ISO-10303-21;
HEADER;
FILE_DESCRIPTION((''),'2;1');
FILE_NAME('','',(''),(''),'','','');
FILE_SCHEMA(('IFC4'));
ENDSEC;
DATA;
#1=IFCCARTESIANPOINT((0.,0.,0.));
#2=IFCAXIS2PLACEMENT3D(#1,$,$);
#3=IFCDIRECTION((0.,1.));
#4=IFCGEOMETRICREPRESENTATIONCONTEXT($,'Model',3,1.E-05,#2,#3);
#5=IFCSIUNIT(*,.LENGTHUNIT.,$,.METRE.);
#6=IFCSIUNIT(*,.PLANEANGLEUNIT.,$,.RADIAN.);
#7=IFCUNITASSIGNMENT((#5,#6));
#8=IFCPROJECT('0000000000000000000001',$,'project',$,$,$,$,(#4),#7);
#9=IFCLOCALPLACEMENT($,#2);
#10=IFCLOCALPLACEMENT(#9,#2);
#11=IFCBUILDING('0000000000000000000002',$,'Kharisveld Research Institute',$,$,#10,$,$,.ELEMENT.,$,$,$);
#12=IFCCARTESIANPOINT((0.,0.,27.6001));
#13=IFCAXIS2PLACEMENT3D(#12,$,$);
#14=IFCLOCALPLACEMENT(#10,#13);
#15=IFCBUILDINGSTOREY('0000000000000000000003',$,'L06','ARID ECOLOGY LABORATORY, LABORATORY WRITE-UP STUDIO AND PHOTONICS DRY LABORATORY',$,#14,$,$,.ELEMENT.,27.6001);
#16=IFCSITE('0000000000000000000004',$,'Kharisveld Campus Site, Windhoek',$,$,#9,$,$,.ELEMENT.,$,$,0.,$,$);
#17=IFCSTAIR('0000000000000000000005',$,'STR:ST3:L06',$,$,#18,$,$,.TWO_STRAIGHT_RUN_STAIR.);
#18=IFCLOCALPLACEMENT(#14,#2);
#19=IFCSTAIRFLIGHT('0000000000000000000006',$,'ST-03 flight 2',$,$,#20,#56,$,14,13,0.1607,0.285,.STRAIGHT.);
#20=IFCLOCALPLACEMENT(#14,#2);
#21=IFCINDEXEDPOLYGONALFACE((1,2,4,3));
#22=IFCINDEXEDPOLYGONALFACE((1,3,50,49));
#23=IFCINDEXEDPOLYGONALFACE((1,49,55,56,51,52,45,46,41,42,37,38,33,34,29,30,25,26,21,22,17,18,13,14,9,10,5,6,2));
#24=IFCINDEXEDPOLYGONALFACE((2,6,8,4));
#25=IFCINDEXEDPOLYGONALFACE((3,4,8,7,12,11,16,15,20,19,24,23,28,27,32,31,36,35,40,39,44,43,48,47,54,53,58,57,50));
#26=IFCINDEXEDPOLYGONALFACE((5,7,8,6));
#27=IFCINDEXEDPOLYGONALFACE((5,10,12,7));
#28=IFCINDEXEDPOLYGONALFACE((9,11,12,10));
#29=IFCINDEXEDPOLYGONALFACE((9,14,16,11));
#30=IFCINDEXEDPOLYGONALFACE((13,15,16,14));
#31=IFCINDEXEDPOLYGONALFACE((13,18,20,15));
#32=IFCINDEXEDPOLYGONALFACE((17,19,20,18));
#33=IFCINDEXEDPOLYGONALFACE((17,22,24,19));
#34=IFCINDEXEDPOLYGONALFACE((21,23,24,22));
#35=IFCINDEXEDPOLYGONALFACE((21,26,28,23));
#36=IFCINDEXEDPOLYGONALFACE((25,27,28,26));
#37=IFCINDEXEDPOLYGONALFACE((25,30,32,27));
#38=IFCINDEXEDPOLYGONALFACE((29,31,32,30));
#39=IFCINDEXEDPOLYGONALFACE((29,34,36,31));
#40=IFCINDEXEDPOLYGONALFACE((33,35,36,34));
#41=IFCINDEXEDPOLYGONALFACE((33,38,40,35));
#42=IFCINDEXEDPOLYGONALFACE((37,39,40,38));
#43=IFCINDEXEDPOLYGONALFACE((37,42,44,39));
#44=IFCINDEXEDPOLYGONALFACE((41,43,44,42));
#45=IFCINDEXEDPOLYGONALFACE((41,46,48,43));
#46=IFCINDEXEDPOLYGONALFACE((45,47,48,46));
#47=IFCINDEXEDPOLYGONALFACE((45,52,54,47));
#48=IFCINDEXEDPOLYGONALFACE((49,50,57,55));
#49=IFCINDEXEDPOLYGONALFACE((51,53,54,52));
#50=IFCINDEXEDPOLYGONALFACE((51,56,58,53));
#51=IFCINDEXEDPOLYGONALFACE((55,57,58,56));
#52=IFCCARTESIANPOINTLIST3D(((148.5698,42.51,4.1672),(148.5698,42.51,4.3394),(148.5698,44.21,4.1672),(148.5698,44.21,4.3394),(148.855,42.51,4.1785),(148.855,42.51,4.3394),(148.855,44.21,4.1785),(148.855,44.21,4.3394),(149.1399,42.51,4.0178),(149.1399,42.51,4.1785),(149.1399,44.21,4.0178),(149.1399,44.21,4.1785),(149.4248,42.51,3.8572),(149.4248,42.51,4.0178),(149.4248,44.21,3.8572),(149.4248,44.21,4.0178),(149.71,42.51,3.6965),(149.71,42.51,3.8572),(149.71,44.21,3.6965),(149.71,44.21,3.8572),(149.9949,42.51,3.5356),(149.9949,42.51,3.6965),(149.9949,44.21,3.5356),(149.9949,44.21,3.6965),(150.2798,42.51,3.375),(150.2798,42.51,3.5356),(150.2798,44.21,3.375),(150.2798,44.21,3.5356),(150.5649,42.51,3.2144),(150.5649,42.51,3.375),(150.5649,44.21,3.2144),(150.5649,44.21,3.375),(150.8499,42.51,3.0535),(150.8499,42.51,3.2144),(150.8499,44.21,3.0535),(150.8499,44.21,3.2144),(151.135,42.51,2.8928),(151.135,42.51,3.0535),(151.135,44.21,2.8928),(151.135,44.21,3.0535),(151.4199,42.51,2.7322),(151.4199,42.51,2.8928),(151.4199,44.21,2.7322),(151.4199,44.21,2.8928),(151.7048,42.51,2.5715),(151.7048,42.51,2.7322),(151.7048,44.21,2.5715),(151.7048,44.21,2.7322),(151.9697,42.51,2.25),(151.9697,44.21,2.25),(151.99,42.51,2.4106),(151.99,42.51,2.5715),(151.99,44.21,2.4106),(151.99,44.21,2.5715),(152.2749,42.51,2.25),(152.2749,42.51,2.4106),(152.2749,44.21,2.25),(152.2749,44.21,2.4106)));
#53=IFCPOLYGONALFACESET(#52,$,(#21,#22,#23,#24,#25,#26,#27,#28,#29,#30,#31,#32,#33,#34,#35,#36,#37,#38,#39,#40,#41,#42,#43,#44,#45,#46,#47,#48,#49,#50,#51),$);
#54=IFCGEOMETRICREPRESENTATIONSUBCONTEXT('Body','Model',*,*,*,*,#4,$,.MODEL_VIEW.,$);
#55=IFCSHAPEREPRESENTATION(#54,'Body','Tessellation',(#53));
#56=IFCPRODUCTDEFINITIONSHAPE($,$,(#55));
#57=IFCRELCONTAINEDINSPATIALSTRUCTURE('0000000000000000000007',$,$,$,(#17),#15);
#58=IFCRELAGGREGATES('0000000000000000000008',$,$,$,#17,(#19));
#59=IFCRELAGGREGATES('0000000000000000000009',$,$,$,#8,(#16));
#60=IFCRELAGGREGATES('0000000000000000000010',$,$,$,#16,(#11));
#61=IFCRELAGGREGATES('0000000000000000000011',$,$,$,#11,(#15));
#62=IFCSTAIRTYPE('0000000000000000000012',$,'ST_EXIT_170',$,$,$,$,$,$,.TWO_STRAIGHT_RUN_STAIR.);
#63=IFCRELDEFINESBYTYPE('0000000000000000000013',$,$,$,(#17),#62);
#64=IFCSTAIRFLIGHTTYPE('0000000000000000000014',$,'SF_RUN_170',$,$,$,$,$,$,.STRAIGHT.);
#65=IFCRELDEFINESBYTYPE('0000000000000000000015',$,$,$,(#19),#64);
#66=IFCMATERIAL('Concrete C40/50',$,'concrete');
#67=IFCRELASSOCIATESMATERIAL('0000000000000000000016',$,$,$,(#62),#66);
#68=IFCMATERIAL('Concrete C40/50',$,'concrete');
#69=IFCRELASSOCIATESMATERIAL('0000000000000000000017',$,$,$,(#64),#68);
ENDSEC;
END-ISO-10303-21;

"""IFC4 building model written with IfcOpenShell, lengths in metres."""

from ifc_helpers import new_model, si_unit, direction, frame, origin, place, context, subcontext, project, spatial, polyline, outline, extrude, material, type_object, element, aggregate, save


model = new_model("IFC4")

# Units and contexts
model_context = context("Model", 3, precision=1e-05, world=origin(), true_north=direction((0.0, 1.0)))
body_context = subcontext(model_context, "Body", "Model", "MODEL_VIEW")
ifc_project = project(units=[si_unit("LENGTHUNIT", "METRE"), si_unit("PLANEANGLEUNIT", "RADIAN")], contexts=[model_context])

# Site, building, storey
site_placement = place(None, origin())
site = spatial("IfcSite", under=ifc_project, at=site_placement, Name="Kharisveld Campus Site, Windhoek", CompositionType="ELEMENT", RefElevation=0.0)
building_placement = place(site_placement, origin())
building = spatial("IfcBuilding", under=site, at=building_placement, Name="Kharisveld Research Institute", CompositionType="ELEMENT")
storey_placement = place(building_placement, frame((0.0, 0.0, 27.6001)))
storey = spatial("IfcBuildingStorey", under=building, at=storey_placement, Name="L06", Description="ARID ECOLOGY LABORATORY, LABORATORY WRITE-UP STUDIO AND PHOTONICS DRY LABORATORY", CompositionType="ELEMENT", Elevation=27.6001)

# Stair, stair flight
ifc_material_1 = material(Name="Concrete C40/50", Category="concrete")
stair_type = type_object("IfcStairType", Name="ST_EXIT_170", PredefinedType="TWO_STRAIGHT_RUN_STAIR", material=ifc_material_1)
stair_placement = place(storey_placement, origin())
stair = element("IfcStair", 1, at=stair_placement, inside=storey, type_object=stair_type, Name="STR:ST3:L06", PredefinedType="TWO_STRAIGHT_RUN_STAIR")
ifc_material_2 = material(Name="Concrete C40/50", Category="concrete")
stair_flight_type = type_object("IfcStairFlightType", Name="SF_RUN_170", PredefinedType="STRAIGHT", material=ifc_material_2)
stair_flight_placement = place(storey_placement, frame((152.2749, 43.3601, 2.25), z_axis=(0.0, 0.0, 1.0), x_axis=(-1.0, 0.0, 0.0)))
stair_flight = element("IfcStairFlight", 2, at=stair_flight_placement, type_object=stair_flight_type, Name="ST-03 flight 2", NumberOfRisers=14, NumberOfTreads=13, PredefinedType="STRAIGHT", RiserHeight=0.1607, TreadLength=0.285, context=body_context, shape_type="SweptSolid", body=[
    extrude(outline(polyline([(0.0, 0.0), (0.0, 0.1606), (0.2849, 0.1606), (0.2849, 0.3215), (0.5701, 0.3215), (0.5701, 0.4822), (0.855, 0.4822), (0.855, 0.6428), (1.1399, 0.6428), (1.1399, 0.8035), (1.425, 0.8035), (1.425, 0.9644), (1.71, 0.9644), (1.71, 1.125), (1.9951, 1.125), (1.9951, 1.2856), (2.28, 1.2856), (2.28, 1.4465), (2.5649, 1.4465), (2.5649, 1.6072), (2.8501, 1.6072), (2.8501, 1.7678), (3.135, 1.7678), (3.135, 1.9285), (3.4199, 1.9285), (3.4199, 2.0894), (3.7051, 2.0894), (3.7051, 2.25), (3.7051, 1.9172), (0.3052, 0.0), (0.0, 0.0)])), frame((0.0, 0.8501, 0.0), z_axis=(0.0, -1.0, 0.0), x_axis=(1.0, 0.0, 0.0)), (0.0, 0.0, 1.0), 1.7),
])
aggregate(stair, [stair_flight])

save(model, "model.ifc")
